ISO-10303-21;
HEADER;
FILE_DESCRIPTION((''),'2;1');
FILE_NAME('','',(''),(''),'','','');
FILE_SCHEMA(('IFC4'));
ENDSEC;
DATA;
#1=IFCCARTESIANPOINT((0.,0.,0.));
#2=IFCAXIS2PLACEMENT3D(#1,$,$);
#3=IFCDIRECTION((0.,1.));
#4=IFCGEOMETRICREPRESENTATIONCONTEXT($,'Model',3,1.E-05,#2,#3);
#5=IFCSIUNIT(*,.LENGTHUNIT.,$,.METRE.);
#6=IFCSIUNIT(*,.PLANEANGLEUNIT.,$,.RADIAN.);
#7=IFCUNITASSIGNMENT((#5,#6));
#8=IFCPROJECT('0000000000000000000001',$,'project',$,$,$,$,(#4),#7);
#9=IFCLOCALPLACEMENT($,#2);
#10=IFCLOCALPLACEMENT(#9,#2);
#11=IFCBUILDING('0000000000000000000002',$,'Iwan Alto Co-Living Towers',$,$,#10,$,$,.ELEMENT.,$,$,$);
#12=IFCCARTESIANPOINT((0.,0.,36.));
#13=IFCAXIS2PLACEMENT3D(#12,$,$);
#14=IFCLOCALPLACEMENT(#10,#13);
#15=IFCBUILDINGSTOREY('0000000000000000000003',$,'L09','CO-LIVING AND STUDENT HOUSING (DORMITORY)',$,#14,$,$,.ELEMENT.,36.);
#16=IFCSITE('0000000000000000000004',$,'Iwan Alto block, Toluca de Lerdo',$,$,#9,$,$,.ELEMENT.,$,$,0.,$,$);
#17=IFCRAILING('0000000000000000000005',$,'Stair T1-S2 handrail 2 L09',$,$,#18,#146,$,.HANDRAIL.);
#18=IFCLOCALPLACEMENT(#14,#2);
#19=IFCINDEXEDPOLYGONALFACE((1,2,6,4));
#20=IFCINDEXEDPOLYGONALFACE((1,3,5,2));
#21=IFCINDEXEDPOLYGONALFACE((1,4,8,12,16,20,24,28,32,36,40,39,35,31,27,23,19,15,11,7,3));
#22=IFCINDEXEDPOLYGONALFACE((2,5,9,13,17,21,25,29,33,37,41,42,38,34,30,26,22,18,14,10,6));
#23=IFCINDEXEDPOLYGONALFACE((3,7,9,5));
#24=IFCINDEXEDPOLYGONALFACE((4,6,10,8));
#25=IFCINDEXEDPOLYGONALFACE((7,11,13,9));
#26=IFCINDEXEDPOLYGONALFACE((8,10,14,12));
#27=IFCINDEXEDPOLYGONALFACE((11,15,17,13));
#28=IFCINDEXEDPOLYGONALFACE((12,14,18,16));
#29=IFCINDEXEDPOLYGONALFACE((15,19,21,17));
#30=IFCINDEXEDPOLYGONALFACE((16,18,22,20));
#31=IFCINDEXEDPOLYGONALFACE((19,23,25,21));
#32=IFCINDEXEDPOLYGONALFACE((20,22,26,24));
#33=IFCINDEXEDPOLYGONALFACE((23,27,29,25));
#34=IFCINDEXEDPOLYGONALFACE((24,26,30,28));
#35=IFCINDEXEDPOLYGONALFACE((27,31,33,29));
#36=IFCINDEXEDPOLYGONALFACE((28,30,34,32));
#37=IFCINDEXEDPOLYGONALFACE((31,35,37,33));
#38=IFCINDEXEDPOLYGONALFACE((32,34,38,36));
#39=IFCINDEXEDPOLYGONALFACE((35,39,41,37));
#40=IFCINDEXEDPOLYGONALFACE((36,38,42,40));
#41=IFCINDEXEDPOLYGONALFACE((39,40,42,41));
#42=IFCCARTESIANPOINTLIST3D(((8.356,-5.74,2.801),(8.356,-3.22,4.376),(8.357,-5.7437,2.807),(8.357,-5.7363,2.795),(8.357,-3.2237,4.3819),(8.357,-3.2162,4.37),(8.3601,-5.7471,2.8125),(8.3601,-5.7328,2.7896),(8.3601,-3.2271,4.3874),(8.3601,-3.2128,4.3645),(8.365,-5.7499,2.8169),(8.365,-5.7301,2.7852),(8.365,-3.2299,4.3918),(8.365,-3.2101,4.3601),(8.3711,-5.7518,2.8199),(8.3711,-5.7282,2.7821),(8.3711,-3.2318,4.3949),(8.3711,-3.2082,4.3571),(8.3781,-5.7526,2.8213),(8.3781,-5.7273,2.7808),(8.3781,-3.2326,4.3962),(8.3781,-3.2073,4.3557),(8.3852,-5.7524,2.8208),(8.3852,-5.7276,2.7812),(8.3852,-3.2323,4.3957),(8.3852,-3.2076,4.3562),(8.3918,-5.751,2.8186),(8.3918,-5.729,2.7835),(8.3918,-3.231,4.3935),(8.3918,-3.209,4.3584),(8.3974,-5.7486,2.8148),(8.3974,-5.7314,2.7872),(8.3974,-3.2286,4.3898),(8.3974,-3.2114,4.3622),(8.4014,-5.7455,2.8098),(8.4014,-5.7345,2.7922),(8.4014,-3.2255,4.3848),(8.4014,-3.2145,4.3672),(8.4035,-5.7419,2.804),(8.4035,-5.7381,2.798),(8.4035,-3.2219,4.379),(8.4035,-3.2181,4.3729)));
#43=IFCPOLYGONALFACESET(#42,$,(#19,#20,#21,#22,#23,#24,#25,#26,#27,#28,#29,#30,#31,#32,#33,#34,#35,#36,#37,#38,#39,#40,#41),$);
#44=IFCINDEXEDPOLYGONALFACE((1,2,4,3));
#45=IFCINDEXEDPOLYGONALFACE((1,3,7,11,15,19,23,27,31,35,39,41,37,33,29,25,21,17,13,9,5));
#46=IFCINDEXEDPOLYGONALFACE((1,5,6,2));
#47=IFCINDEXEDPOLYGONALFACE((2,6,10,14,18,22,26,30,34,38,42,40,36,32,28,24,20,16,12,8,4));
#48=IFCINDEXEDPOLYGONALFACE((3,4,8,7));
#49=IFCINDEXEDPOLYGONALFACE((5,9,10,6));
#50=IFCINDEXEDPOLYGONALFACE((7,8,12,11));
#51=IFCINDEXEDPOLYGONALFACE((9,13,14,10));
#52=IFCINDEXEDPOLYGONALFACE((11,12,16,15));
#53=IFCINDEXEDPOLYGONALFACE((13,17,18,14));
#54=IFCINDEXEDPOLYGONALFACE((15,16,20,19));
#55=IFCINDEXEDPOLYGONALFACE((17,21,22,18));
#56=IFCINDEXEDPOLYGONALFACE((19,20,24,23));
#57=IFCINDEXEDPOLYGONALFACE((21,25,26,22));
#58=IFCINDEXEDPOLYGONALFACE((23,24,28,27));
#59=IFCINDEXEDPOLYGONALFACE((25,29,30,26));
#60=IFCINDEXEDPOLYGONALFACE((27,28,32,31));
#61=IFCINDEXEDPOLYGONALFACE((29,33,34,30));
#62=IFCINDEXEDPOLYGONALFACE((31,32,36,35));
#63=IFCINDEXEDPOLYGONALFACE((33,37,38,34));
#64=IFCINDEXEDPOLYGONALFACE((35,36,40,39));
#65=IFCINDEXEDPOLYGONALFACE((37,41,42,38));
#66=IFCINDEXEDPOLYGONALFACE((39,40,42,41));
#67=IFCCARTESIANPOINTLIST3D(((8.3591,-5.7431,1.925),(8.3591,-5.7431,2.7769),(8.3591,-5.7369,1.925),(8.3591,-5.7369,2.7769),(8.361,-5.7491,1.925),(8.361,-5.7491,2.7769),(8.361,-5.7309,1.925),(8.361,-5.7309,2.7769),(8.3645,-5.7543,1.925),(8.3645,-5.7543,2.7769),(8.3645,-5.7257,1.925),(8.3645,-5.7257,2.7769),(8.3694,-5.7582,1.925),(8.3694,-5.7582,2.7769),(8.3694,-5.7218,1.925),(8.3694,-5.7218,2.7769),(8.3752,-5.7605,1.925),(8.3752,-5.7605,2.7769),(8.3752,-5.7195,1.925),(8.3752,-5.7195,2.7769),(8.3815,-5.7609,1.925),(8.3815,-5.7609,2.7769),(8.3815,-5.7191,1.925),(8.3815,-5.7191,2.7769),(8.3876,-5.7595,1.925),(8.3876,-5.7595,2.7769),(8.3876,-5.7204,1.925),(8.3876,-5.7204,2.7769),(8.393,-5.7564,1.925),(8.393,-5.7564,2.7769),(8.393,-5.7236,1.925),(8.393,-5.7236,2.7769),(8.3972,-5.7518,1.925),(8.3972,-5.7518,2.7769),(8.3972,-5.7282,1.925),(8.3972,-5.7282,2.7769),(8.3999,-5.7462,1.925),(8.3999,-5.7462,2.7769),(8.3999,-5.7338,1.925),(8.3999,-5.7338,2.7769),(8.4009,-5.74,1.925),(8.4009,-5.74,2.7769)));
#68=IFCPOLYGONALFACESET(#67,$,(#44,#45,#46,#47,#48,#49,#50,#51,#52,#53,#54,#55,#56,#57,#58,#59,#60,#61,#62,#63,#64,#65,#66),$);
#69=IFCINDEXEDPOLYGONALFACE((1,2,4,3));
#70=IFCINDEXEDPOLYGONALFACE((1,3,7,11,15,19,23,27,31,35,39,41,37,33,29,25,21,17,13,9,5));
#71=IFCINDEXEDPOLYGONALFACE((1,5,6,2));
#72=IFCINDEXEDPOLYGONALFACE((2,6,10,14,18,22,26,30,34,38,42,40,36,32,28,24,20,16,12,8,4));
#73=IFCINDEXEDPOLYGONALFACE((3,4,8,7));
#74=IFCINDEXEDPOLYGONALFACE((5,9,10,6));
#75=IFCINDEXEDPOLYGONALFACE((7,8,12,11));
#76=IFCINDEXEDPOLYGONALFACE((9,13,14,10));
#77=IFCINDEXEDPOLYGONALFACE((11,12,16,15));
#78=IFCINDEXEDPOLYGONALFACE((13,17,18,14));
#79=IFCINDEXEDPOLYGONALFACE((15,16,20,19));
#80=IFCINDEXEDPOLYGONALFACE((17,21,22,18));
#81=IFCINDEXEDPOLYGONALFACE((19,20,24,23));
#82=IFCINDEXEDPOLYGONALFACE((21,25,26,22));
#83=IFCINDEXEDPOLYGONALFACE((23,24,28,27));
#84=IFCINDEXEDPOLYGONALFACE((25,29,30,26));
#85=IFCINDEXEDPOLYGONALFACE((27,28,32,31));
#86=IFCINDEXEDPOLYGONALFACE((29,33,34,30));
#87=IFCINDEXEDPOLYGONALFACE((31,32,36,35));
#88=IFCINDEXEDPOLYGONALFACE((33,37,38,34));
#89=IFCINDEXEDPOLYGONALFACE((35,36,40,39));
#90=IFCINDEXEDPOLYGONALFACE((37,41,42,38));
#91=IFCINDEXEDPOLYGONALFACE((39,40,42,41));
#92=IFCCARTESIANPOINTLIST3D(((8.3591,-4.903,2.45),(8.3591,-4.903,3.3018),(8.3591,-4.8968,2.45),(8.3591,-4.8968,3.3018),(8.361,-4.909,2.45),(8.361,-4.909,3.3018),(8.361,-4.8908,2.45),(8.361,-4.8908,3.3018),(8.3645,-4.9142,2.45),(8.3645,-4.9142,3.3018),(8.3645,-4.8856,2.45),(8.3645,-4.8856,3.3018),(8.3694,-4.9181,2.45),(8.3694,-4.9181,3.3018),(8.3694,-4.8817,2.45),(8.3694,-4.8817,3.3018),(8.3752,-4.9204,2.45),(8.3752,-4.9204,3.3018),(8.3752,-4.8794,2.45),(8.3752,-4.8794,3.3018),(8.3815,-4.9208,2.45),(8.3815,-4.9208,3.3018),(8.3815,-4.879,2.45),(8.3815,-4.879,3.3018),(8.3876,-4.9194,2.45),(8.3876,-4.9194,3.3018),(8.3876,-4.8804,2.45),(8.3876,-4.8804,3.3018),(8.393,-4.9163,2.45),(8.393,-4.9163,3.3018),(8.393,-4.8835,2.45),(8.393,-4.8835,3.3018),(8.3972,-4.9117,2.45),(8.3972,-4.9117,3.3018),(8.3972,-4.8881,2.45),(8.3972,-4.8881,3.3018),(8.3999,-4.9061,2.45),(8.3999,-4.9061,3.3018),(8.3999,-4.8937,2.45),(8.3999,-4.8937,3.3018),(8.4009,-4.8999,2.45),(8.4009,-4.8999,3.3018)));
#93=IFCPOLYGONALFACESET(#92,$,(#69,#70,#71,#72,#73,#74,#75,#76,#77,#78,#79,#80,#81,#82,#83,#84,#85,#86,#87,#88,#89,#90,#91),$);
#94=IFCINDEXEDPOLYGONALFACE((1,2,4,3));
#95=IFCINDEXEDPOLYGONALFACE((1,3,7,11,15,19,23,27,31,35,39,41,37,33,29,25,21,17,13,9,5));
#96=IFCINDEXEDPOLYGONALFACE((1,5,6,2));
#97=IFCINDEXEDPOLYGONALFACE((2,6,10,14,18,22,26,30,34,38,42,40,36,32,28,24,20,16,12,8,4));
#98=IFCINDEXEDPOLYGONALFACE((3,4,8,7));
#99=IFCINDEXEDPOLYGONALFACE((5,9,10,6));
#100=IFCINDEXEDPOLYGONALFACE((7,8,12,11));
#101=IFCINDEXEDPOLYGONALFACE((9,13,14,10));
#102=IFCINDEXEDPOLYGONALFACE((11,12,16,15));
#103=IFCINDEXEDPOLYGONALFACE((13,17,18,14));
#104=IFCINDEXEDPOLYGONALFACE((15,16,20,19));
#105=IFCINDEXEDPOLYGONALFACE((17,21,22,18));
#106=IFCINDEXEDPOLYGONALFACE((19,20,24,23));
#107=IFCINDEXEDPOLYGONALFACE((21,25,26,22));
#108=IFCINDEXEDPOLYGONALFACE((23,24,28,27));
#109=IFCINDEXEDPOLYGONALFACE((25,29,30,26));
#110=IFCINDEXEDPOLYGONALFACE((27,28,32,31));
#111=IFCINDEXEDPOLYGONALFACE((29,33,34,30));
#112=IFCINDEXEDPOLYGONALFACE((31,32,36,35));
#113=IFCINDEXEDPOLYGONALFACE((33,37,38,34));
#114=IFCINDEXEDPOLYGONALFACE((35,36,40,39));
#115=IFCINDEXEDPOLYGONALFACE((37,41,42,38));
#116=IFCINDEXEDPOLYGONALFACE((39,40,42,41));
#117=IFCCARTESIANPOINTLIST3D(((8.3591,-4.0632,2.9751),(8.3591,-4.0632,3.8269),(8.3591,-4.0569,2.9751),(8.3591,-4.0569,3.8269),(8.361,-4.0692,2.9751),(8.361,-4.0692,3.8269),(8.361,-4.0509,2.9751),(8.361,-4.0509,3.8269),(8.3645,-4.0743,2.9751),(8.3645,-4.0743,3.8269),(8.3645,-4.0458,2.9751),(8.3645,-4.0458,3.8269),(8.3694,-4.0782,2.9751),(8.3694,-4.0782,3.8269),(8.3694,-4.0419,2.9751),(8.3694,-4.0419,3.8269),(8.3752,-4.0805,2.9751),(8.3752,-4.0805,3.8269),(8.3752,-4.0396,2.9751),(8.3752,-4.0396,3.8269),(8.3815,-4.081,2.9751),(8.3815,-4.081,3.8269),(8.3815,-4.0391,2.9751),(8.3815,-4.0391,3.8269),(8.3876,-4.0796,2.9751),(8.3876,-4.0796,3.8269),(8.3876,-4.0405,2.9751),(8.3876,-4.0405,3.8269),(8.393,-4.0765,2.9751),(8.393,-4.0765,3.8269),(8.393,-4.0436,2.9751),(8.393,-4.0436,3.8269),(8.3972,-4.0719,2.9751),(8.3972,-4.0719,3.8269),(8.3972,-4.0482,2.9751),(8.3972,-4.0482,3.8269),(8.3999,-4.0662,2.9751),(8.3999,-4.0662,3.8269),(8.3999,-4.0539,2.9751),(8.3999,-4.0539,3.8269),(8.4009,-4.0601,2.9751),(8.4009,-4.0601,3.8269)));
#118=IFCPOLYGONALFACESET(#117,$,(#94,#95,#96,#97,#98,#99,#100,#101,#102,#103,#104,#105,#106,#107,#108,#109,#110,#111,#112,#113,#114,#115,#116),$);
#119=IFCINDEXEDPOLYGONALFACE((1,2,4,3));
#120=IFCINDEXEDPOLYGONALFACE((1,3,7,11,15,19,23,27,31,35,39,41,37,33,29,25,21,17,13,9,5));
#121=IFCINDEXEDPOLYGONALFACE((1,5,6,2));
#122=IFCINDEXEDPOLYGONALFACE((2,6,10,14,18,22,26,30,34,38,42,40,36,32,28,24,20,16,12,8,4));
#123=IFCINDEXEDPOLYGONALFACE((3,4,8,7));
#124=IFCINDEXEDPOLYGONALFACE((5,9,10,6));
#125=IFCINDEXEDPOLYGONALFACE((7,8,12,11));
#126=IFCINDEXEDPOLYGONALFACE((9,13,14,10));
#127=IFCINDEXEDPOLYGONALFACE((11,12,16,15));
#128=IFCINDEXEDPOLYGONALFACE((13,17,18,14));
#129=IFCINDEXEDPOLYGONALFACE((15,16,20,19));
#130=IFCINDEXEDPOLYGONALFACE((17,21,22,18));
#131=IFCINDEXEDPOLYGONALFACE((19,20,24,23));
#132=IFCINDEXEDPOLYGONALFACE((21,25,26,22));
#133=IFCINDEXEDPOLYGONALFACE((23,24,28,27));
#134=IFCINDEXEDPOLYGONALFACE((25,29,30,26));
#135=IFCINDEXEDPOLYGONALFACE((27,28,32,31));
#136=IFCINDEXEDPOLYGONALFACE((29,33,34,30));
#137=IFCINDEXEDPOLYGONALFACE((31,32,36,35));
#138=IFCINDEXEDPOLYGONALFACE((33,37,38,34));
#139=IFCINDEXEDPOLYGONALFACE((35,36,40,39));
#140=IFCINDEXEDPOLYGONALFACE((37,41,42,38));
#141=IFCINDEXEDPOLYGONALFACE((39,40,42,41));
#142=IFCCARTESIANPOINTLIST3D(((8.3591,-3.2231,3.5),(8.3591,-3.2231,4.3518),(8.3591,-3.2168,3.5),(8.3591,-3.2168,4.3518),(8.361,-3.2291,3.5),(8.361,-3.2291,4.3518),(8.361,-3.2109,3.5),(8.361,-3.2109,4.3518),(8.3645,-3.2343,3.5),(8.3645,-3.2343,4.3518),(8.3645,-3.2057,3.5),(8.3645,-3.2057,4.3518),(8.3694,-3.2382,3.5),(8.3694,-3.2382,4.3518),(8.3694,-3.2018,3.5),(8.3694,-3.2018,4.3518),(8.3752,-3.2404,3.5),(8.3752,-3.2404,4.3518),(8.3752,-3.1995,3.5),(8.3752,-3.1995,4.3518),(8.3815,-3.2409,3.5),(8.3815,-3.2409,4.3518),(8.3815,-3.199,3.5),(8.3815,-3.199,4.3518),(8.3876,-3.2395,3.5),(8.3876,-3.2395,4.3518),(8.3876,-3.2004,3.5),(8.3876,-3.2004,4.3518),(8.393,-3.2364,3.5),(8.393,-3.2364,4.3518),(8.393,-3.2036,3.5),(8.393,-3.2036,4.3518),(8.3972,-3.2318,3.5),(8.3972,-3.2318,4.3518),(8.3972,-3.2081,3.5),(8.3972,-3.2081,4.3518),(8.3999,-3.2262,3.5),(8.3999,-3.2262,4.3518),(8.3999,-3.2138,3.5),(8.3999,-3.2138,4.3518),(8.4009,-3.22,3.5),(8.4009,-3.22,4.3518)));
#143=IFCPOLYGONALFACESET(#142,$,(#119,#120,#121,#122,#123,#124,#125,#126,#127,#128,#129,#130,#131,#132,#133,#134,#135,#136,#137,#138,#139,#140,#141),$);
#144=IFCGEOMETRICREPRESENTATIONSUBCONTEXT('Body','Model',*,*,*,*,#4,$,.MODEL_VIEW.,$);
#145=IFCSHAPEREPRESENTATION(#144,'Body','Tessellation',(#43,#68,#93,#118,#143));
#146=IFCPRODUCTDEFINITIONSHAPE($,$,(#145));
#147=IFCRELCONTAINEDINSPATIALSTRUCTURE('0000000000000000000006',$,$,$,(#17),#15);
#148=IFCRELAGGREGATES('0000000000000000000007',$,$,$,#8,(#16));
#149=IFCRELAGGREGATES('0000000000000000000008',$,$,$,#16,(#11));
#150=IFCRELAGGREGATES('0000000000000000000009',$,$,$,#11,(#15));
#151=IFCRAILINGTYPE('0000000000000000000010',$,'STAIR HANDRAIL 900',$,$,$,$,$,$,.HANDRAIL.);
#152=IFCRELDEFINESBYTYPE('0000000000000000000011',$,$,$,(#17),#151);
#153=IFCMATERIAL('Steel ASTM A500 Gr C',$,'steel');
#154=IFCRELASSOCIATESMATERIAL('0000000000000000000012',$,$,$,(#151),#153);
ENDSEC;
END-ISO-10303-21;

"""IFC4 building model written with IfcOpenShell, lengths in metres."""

from ifc_helpers import new_model, si_unit, direction, frame, origin, origin_2d, place, context, subcontext, project, spatial, circle, extrude, material, type_object, element, save


model = new_model("IFC4")

# Units and contexts
model_context = context("Model", 3, precision=1e-05, world=origin(), true_north=direction((0.0, 1.0)))
body_context = subcontext(model_context, "Body", "Model", "MODEL_VIEW")
ifc_project = project(units=[si_unit("LENGTHUNIT", "METRE"), si_unit("PLANEANGLEUNIT", "RADIAN")], contexts=[model_context])

# Site, building, storey
site_placement = place(None, origin())
site = spatial("IfcSite", under=ifc_project, at=site_placement, Name="Iwan Alto block, Toluca de Lerdo", CompositionType="ELEMENT", RefElevation=0.0)
building_placement = place(site_placement, origin())
building = spatial("IfcBuilding", under=site, at=building_placement, Name="Iwan Alto Co-Living Towers", CompositionType="ELEMENT")
storey_placement = place(building_placement, frame((0.0, 0.0, 36.0)))
storey = spatial("IfcBuildingStorey", under=building, at=storey_placement, Name="L09", Description="CO-LIVING AND STUDENT HOUSING (DORMITORY)", CompositionType="ELEMENT", Elevation=36.0)

# Railing
ifc_material_1 = material(Name="Steel ASTM A500 Gr C", Category="steel")
railing_type_1 = type_object("IfcRailingType", Name="STAIR HANDRAIL 900", PredefinedType="HANDRAIL", material=ifc_material_1)
railing_1_placement = place(storey_placement, frame((8.3799, -5.74, 1.925)))
element("IfcRailing", 1, at=railing_1_placement, inside=storey, type_object=railing_type_1, Name="Stair T1-S2 handrail 2 L09", PredefinedType="HANDRAIL", context=body_context, shape_type="SweptSolid", body=[
    extrude(circle(Radius=0.0239, at=origin_2d()), frame((0.0, 0.0, 0.876), z_axis=(0.0, 0.848008, 0.529984), x_axis=(-1.0, 0.0, 0.0)), (0.0, 0.0, 1.0), 2.9717),
    extrude(circle(Radius=0.021, at=origin_2d()), origin(), (0.0, 0.0, 1.0), 0.8518),
    extrude(circle(Radius=0.021, at=origin_2d()), frame((0.0, 0.8401, 0.5249)), (0.0, 0.0, 1.0), 0.8518),
    extrude(circle(Radius=0.021, at=origin_2d()), frame((0.0, 1.6799, 1.05)), (0.0, 0.0, 1.0), 0.8518),
    extrude(circle(Radius=0.021, at=origin_2d()), frame((0.0, 2.52, 1.575)), (0.0, 0.0, 1.0), 0.8518),
])

save(model, "model.ifc")
